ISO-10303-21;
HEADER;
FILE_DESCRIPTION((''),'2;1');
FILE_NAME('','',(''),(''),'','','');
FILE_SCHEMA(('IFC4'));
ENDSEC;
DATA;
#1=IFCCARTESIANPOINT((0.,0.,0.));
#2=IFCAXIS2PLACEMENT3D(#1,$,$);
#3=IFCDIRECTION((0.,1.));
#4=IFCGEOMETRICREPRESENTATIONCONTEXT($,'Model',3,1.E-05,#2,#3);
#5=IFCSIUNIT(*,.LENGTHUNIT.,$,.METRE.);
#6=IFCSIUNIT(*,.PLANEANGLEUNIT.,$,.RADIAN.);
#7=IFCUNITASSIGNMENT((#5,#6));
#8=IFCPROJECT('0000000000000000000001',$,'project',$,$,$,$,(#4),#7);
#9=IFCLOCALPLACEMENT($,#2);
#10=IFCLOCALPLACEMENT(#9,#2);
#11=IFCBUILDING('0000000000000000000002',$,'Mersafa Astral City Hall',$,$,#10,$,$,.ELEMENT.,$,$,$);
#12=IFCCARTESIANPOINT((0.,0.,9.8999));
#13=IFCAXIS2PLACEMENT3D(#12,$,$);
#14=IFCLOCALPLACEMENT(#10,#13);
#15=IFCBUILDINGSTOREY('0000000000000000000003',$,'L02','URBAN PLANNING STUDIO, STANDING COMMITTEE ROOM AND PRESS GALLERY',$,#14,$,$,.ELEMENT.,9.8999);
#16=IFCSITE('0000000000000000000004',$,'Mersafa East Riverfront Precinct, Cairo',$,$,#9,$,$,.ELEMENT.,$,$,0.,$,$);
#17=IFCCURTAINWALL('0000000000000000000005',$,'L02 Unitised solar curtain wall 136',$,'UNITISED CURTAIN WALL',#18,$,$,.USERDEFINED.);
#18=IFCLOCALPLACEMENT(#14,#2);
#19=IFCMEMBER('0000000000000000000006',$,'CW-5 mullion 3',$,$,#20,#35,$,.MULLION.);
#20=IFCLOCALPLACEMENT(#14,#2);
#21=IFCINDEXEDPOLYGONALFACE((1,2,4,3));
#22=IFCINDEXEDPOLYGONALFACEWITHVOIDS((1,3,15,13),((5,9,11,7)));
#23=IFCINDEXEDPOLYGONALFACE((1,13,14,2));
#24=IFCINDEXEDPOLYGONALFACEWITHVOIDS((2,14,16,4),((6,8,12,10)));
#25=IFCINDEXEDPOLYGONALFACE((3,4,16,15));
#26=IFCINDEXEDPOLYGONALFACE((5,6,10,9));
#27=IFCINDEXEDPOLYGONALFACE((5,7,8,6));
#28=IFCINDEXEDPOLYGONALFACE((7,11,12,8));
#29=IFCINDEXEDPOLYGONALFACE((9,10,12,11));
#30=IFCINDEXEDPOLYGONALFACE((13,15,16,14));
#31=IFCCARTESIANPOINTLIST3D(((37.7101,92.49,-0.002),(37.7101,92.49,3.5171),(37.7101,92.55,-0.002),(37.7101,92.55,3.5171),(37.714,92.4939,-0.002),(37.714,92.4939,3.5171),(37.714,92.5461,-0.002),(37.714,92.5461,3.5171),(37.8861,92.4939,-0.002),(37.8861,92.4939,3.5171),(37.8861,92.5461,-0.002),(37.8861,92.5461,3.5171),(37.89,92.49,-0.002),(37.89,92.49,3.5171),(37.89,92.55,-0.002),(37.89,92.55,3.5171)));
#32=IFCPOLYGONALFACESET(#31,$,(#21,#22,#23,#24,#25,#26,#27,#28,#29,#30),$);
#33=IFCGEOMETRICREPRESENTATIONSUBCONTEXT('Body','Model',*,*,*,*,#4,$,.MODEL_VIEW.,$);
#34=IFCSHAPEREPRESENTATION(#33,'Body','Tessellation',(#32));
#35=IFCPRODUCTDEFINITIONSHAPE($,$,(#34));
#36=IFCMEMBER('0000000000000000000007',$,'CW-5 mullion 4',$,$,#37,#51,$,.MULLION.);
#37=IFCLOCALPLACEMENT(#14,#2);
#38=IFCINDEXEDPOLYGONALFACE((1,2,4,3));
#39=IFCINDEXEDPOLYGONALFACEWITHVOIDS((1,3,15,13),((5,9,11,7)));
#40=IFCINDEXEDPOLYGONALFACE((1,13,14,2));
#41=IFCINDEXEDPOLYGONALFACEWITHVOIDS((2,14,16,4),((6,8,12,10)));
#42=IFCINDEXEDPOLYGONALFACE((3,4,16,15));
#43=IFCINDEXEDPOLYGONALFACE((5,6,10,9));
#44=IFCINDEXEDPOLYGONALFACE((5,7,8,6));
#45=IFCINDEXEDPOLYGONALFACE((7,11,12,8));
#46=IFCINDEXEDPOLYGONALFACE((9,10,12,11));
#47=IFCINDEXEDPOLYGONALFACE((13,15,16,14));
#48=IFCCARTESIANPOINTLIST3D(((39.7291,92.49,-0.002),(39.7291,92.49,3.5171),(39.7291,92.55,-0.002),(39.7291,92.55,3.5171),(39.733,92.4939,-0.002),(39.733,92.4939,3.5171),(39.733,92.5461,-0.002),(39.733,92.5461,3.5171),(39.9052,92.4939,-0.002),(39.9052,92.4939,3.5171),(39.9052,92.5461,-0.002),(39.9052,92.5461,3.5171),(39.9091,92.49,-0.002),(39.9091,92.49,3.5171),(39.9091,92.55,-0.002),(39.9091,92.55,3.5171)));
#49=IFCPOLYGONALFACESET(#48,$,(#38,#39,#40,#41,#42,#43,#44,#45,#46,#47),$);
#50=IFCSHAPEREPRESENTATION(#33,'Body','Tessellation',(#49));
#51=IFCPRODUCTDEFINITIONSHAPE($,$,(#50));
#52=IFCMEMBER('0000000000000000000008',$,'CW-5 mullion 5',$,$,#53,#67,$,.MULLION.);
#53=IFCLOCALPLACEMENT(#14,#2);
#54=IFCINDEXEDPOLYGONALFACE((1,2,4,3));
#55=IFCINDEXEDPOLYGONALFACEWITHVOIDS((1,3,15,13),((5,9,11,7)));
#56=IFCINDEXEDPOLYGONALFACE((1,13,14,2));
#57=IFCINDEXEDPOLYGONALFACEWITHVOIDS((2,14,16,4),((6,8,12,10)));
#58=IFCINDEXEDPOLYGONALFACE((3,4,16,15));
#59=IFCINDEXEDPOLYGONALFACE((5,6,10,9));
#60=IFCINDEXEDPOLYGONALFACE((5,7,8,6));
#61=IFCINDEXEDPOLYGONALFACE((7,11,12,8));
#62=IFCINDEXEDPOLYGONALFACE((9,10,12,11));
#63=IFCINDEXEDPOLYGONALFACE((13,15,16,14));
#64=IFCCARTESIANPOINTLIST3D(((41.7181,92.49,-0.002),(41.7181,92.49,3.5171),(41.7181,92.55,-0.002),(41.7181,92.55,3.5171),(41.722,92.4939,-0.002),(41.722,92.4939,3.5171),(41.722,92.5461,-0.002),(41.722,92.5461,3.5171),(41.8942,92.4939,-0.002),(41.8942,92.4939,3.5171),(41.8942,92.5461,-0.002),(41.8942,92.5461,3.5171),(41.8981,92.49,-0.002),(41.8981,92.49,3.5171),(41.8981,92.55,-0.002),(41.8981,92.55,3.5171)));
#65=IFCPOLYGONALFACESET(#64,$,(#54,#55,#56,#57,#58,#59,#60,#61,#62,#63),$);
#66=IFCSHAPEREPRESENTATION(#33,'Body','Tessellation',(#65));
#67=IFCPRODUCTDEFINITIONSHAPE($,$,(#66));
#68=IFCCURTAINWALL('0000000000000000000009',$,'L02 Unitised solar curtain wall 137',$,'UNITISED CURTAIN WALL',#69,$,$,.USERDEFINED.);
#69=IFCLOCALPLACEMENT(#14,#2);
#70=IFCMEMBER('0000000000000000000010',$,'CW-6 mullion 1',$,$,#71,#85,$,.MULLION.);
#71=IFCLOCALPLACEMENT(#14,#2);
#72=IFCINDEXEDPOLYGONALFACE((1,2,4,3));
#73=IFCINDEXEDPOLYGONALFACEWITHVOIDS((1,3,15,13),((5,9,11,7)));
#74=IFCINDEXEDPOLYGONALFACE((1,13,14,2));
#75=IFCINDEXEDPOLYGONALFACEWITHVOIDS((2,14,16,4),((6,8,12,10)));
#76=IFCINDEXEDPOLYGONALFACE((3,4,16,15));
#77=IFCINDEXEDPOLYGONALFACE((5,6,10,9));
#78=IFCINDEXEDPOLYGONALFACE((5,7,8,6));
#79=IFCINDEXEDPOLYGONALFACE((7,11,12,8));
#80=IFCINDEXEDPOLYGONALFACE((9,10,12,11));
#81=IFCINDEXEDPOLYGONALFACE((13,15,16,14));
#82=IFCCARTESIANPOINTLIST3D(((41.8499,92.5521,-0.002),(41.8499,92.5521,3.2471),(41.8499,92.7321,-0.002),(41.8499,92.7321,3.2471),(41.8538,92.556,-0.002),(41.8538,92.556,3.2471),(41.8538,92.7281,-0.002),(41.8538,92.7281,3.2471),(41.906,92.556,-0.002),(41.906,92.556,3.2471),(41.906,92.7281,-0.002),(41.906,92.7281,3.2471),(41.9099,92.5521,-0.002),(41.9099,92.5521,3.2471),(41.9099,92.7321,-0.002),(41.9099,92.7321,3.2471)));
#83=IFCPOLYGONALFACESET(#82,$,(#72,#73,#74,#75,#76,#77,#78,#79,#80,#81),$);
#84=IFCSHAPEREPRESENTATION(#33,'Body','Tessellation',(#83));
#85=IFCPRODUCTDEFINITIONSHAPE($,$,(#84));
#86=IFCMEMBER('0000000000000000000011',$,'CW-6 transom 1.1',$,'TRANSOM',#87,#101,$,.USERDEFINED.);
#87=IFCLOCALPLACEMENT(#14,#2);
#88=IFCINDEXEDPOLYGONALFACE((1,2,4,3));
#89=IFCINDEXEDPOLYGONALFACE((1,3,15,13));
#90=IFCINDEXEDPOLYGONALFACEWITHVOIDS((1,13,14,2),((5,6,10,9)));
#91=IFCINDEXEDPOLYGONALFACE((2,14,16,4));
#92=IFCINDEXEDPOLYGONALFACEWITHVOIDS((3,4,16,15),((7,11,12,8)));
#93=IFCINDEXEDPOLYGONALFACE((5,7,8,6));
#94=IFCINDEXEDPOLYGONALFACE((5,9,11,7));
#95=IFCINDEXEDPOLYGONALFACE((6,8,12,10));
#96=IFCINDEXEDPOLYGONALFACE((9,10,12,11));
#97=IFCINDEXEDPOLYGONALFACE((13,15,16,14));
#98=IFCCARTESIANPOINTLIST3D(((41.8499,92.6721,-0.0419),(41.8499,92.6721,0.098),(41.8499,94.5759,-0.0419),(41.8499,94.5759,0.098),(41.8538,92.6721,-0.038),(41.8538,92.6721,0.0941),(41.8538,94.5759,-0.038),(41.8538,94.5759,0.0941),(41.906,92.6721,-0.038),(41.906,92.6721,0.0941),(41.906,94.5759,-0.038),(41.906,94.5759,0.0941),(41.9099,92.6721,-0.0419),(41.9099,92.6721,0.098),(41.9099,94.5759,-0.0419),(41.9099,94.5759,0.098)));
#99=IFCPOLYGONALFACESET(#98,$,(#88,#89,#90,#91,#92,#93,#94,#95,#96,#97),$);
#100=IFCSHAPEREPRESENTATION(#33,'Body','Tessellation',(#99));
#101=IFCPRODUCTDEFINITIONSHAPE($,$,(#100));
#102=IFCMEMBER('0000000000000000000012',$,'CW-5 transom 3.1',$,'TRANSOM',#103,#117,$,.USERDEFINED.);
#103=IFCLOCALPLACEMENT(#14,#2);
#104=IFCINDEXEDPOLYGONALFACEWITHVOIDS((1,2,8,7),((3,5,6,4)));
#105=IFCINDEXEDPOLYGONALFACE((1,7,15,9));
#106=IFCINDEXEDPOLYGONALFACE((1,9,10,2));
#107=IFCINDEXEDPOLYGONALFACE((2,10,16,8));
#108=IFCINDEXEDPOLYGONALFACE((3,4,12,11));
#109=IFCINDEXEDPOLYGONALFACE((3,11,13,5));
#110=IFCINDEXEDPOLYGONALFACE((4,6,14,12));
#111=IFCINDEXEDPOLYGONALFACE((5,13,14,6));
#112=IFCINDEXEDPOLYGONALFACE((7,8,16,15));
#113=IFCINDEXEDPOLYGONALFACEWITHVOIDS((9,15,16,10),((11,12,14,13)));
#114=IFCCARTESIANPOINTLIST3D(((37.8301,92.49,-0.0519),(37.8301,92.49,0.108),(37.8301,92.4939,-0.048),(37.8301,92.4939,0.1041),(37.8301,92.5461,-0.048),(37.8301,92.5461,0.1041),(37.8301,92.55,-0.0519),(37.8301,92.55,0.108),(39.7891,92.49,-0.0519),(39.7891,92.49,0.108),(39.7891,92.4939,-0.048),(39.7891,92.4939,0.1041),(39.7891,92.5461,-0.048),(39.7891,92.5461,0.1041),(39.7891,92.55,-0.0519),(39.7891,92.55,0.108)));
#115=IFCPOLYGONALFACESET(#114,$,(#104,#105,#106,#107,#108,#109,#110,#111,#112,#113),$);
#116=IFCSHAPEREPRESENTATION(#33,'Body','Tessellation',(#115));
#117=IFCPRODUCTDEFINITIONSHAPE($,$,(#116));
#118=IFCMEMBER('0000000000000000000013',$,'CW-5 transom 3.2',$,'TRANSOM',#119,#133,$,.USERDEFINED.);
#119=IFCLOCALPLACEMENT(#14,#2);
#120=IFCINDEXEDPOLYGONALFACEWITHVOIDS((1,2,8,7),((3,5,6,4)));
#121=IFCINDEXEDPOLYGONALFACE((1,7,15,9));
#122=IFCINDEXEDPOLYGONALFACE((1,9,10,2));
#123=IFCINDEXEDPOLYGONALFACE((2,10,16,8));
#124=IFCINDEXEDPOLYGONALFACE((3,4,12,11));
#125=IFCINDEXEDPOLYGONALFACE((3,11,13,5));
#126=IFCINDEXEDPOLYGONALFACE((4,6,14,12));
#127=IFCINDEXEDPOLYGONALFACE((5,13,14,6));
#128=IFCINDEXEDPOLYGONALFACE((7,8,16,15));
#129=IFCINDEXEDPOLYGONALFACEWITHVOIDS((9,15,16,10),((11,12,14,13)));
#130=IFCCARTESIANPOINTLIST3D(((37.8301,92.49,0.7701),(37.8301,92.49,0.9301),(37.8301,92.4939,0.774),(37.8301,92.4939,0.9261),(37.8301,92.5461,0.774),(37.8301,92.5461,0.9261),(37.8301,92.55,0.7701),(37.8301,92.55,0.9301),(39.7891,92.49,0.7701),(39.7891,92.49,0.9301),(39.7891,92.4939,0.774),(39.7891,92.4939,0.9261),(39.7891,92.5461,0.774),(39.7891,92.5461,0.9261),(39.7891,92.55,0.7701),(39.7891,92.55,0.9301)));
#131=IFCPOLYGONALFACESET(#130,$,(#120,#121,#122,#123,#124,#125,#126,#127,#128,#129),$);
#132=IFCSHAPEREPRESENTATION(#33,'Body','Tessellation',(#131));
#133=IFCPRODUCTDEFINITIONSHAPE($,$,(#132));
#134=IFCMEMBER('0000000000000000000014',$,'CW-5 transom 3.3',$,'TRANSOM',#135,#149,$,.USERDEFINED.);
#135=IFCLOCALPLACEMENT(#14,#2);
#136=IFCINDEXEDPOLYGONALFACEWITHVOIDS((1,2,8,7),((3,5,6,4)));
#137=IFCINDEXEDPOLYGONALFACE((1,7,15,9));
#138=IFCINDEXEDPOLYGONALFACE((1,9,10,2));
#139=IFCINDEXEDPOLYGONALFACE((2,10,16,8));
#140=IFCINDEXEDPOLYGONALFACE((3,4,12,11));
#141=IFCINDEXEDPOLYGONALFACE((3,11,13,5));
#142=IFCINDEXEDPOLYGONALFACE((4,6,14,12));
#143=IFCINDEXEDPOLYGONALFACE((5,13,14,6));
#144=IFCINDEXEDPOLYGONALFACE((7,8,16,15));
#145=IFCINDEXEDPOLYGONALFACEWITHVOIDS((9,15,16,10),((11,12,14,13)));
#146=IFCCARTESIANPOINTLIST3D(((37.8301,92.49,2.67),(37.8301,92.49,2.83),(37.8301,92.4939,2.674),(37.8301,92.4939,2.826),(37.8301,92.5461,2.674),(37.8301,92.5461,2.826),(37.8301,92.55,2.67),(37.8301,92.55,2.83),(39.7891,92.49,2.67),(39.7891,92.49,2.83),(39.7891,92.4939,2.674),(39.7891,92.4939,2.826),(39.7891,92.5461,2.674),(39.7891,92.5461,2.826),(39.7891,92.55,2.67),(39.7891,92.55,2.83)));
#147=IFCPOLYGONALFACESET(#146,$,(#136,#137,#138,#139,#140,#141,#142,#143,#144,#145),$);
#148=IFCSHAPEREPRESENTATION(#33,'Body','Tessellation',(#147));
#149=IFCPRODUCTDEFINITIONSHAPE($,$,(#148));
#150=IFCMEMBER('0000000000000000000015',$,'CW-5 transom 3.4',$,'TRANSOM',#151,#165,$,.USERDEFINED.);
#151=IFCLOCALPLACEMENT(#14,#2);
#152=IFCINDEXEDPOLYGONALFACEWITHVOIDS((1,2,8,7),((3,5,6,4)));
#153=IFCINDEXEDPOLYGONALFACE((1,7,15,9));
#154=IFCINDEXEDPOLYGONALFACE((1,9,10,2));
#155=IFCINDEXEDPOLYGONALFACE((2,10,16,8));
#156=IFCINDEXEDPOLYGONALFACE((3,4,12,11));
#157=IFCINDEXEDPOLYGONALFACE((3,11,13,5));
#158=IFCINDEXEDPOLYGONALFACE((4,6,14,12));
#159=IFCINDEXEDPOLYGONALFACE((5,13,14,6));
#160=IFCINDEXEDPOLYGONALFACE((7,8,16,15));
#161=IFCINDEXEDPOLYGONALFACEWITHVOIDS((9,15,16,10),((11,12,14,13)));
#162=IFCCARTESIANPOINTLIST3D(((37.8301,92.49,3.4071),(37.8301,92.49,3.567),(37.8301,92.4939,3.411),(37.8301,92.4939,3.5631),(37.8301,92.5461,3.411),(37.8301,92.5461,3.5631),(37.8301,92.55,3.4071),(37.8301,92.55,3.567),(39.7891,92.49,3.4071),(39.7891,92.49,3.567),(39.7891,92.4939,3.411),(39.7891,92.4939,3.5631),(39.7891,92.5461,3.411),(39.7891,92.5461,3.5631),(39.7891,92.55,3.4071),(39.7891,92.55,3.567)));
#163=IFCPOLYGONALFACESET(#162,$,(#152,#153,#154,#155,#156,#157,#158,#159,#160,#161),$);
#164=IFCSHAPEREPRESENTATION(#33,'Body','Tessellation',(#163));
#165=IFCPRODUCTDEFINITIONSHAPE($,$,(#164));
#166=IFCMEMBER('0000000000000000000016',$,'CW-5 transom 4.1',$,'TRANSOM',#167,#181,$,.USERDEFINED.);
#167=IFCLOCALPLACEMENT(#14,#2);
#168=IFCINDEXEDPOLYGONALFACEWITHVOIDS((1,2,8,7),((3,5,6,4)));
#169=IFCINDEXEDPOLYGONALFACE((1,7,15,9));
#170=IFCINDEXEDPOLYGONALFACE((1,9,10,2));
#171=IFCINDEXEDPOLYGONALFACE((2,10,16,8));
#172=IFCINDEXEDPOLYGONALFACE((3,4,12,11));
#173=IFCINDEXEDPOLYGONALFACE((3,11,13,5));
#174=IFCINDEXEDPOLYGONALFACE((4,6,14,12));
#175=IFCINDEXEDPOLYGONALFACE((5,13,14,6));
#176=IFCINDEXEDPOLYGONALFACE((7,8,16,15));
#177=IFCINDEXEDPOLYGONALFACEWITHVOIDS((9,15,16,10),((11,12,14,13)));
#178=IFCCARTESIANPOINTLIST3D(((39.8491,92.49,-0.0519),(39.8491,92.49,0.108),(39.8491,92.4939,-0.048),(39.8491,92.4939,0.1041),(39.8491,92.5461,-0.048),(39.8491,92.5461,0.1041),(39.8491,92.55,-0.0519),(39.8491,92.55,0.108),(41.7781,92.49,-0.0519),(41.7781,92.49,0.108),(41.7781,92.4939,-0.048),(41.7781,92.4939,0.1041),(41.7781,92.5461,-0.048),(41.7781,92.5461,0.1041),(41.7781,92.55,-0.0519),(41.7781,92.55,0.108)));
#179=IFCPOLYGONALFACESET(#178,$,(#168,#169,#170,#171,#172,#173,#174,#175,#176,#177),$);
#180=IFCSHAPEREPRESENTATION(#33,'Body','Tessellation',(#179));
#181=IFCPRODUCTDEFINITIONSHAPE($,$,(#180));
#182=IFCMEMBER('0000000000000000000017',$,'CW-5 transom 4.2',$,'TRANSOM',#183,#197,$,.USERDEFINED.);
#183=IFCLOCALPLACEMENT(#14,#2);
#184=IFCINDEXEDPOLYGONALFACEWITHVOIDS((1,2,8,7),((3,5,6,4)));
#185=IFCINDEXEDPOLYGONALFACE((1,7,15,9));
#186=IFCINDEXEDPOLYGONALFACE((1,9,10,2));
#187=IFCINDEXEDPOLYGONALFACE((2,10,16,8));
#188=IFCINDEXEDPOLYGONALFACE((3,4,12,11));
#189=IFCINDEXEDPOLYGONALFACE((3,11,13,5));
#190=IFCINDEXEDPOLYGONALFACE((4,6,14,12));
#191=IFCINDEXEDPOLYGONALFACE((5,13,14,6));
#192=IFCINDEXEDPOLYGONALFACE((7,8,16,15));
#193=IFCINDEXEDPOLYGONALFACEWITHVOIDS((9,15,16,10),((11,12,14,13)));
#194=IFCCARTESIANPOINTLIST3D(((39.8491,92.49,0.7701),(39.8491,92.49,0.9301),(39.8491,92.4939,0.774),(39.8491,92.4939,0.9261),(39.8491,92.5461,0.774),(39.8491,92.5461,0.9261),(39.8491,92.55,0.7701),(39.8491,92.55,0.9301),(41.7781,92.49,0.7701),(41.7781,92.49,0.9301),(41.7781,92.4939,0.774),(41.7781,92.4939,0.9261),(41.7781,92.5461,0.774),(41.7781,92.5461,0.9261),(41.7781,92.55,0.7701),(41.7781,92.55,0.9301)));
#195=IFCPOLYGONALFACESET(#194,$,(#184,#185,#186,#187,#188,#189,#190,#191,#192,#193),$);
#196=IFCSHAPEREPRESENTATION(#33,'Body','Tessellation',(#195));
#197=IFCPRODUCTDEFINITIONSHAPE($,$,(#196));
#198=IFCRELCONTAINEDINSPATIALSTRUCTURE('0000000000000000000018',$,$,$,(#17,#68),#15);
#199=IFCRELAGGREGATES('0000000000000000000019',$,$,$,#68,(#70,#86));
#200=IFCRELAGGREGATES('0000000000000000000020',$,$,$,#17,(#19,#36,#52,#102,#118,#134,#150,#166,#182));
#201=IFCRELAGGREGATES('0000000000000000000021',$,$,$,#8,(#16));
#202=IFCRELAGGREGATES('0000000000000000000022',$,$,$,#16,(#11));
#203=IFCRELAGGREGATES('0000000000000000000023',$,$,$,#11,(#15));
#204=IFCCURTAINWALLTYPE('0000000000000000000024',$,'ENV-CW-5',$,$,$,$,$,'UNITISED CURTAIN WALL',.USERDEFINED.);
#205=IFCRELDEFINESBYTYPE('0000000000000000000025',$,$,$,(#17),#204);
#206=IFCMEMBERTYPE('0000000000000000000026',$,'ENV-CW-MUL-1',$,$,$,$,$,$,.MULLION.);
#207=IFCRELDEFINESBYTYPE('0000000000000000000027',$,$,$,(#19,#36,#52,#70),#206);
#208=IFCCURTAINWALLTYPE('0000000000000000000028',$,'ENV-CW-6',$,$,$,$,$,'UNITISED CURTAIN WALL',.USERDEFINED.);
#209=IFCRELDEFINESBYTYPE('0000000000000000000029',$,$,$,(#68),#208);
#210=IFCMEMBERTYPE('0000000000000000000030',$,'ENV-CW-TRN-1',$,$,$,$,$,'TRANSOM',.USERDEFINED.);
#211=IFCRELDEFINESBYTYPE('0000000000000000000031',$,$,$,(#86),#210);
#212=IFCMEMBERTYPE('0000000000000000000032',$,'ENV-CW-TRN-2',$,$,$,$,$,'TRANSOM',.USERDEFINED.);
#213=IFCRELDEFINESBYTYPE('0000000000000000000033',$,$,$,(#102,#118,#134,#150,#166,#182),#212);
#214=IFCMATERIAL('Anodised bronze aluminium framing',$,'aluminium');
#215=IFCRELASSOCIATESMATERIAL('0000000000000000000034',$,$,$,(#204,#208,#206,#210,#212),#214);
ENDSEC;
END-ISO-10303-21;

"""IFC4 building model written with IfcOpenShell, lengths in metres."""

from ifc_helpers import new_model, si_unit, direction, frame, origin, origin_2d, place, context, subcontext, project, spatial, hollow_rectangle, extrude, material, material_profile, profile_set, type_object, element, aggregate, save


model = new_model("IFC4")

# Units and contexts
model_context = context("Model", 3, precision=1e-05, world=origin(), true_north=direction((0.0, 1.0)))
body_context = subcontext(model_context, "Body", "Model", "MODEL_VIEW")
ifc_project = project(units=[si_unit("LENGTHUNIT", "METRE"), si_unit("PLANEANGLEUNIT", "RADIAN")], contexts=[model_context])

# Site, building, storey
site_placement = place(None, origin())
site = spatial("IfcSite", under=ifc_project, at=site_placement, Name="Mersafa East Riverfront Precinct, Cairo", CompositionType="ELEMENT", RefElevation=0.0)
building_placement = place(site_placement, origin())
building = spatial("IfcBuilding", under=site, at=building_placement, Name="Mersafa Astral City Hall", CompositionType="ELEMENT")
storey_placement = place(building_placement, frame((0.0, 0.0, 9.8999)))
storey = spatial("IfcBuildingStorey", under=building, at=storey_placement, Name="L02", Description="URBAN PLANNING STUDIO, STANDING COMMITTEE ROOM AND PRESS GALLERY", CompositionType="ELEMENT", Elevation=9.8999)

# Curtain walls, members
ifc_material_1 = material(Name="Anodised bronze aluminium framing", Category="aluminium")
curtain_wall_type_1 = type_object("IfcCurtainWallType", Name="ENV-CW-5", ElementType="UNITISED CURTAIN WALL", PredefinedType="USERDEFINED", material=ifc_material_1)
curtain_wall_1_placement = place(storey_placement, origin())
curtain_wall_1 = element("IfcCurtainWall", 1, at=curtain_wall_1_placement, inside=storey, type_object=curtain_wall_type_1, Name="L02 Unitised solar curtain wall 136", ObjectType="UNITISED CURTAIN WALL", PredefinedType="USERDEFINED")
ifc_material_profile_1 = material_profile(ifc_material_1, hollow_rectangle(XDim=0.0601, YDim=0.1799, WallThickness=0.0039, at=origin_2d()), Name="RHS 60x180x4")
ifc_profile_set_1 = profile_set([ifc_material_profile_1], Name="Anodised bronze aluminium framing")
member_type_1 = type_object("IfcMemberType", Name="ENV-CW-MUL-1", PredefinedType="MULLION", material=ifc_profile_set_1)
member_1_placement = place(storey_placement, frame((37.8, 92.52, -0.002), z_axis=(0.0, 0.0, 1.0), x_axis=(0.0, 1.0, 0.0)))
member_1 = element("IfcMember", 2, at=member_1_placement, type_object=member_type_1, Name="CW-5 mullion 3", PredefinedType="MULLION", context=body_context, shape_type="SweptSolid", body=[
    extrude(hollow_rectangle(XDim=0.0601, YDim=0.1799, WallThickness=0.0039, at=origin_2d()), origin(), (0.0, 0.0, 1.0), 3.519),
])
member_2_placement = place(storey_placement, frame((39.8191, 92.52, -0.002), z_axis=(0.0, 0.0, 1.0), x_axis=(0.0, 1.0, 0.0)))
member_2 = element("IfcMember", 3, at=member_2_placement, type_object=member_type_1, Name="CW-5 mullion 4", PredefinedType="MULLION", context=body_context, shape_type="SweptSolid", body=[
    extrude(hollow_rectangle(XDim=0.0601, YDim=0.1799, WallThickness=0.0039, at=origin_2d()), origin(), (0.0, 0.0, 1.0), 3.519),
])
member_3_placement = place(storey_placement, frame((41.8081, 92.52, -0.002), z_axis=(0.0, 0.0, 1.0), x_axis=(0.0, 1.0, 0.0)))
member_3 = element("IfcMember", 4, at=member_3_placement, type_object=member_type_1, Name="CW-5 mullion 5", PredefinedType="MULLION", context=body_context, shape_type="SweptSolid", body=[
    extrude(hollow_rectangle(XDim=0.0601, YDim=0.1799, WallThickness=0.0039, at=origin_2d()), origin(), (0.0, 0.0, 1.0), 3.519),
])
curtain_wall_type_2 = type_object("IfcCurtainWallType", Name="ENV-CW-6", ElementType="UNITISED CURTAIN WALL", PredefinedType="USERDEFINED", material=ifc_material_1)
curtain_wall_2_placement = place(storey_placement, origin())
curtain_wall_2 = element("IfcCurtainWall", 5, at=curtain_wall_2_placement, inside=storey, type_object=curtain_wall_type_2, Name="L02 Unitised solar curtain wall 137", ObjectType="UNITISED CURTAIN WALL", PredefinedType="USERDEFINED")
member_4_placement = place(storey_placement, frame((41.8799, 92.6421, -0.002), z_axis=(0.0, 0.0, 1.0), x_axis=(-1.0, 0.0, 0.0)))
member_4 = element("IfcMember", 6, at=member_4_placement, type_object=member_type_1, Name="CW-6 mullion 1", PredefinedType="MULLION", context=body_context, shape_type="SweptSolid", body=[
    extrude(hollow_rectangle(XDim=0.0601, YDim=0.1799, WallThickness=0.0039, at=origin_2d()), origin(), (0.0, 0.0, 1.0), 3.249),
])
ifc_material_profile_2 = material_profile(ifc_material_1, hollow_rectangle(XDim=0.0601, YDim=0.1399, WallThickness=0.0039, at=origin_2d()), Name="RHS 60x140x4")
ifc_profile_set_2 = profile_set([ifc_material_profile_2], Name="Anodised bronze aluminium framing")
member_type_2 = type_object("IfcMemberType", Name="ENV-CW-TRN-1", ElementType="TRANSOM", PredefinedType="USERDEFINED", material=ifc_profile_set_2)
member_5_placement = place(storey_placement, frame((41.8799, 92.6721, 0.0281), z_axis=(0.0, 1.0, 0.0), x_axis=(-1.0, 0.0, 0.0)))
member_5 = element("IfcMember", 7, at=member_5_placement, type_object=member_type_2, Name="CW-6 transom 1.1", ObjectType="TRANSOM", PredefinedType="USERDEFINED", context=body_context, shape_type="SweptSolid", body=[
    extrude(hollow_rectangle(XDim=0.0601, YDim=0.1399, WallThickness=0.0039, at=origin_2d()), origin(), (0.0, 0.0, 1.0), 1.9038),
])
aggregate(curtain_wall_2, [member_4, member_5])

# Members
ifc_material_profile_3 = material_profile(ifc_material_1, hollow_rectangle(XDim=0.0601, YDim=0.1599, WallThickness=0.0039, at=origin_2d()), Name="RHS 60x160x4")
ifc_profile_set_3 = profile_set([ifc_material_profile_3], Name="Anodised bronze aluminium framing")
member_type_3 = type_object("IfcMemberType", Name="ENV-CW-TRN-2", ElementType="TRANSOM", PredefinedType="USERDEFINED", material=ifc_profile_set_3)
member_6_placement = place(storey_placement, frame((37.8301, 92.52, 0.0281), z_axis=(1.0, 0.0, 0.0), x_axis=(0.0, 1.0, 0.0)))
member_6 = element("IfcMember", 8, at=member_6_placement, type_object=member_type_3, Name="CW-5 transom 3.1", ObjectType="TRANSOM", PredefinedType="USERDEFINED", context=body_context, shape_type="SweptSolid", body=[
    extrude(hollow_rectangle(XDim=0.0601, YDim=0.1599, WallThickness=0.0039, at=origin_2d()), origin(), (0.0, 0.0, 1.0), 1.959),
])
member_7_placement = place(storey_placement, frame((37.8301, 92.52, 0.8501), z_axis=(1.0, 0.0, 0.0), x_axis=(0.0, 1.0, 0.0)))
member_7 = element("IfcMember", 9, at=member_7_placement, type_object=member_type_3, Name="CW-5 transom 3.2", ObjectType="TRANSOM", PredefinedType="USERDEFINED", context=body_context, shape_type="SweptSolid", body=[
    extrude(hollow_rectangle(XDim=0.0601, YDim=0.1599, WallThickness=0.0039, at=origin_2d()), origin(), (0.0, 0.0, 1.0), 1.959),
])
member_8_placement = place(storey_placement, frame((37.8301, 92.52, 2.75), z_axis=(1.0, 0.0, 0.0), x_axis=(0.0, 1.0, 0.0)))
member_8 = element("IfcMember", 10, at=member_8_placement, type_object=member_type_3, Name="CW-5 transom 3.3", ObjectType="TRANSOM", PredefinedType="USERDEFINED", context=body_context, shape_type="SweptSolid", body=[
    extrude(hollow_rectangle(XDim=0.0601, YDim=0.1599, WallThickness=0.0039, at=origin_2d()), origin(), (0.0, 0.0, 1.0), 1.959),
])
member_9_placement = place(storey_placement, frame((37.8301, 92.52, 3.4871), z_axis=(1.0, 0.0, 0.0), x_axis=(0.0, 1.0, 0.0)))
member_9 = element("IfcMember", 11, at=member_9_placement, type_object=member_type_3, Name="CW-5 transom 3.4", ObjectType="TRANSOM", PredefinedType="USERDEFINED", context=body_context, shape_type="SweptSolid", body=[
    extrude(hollow_rectangle(XDim=0.0601, YDim=0.1599, WallThickness=0.0039, at=origin_2d()), origin(), (0.0, 0.0, 1.0), 1.959),
])
member_10_placement = place(storey_placement, frame((39.8491, 92.52, 0.0281), z_axis=(1.0, 0.0, 0.0), x_axis=(0.0, 1.0, 0.0)))
member_10 = element("IfcMember", 12, at=member_10_placement, type_object=member_type_3, Name="CW-5 transom 4.1", ObjectType="TRANSOM", PredefinedType="USERDEFINED", context=body_context, shape_type="SweptSolid", body=[
    extrude(hollow_rectangle(XDim=0.0601, YDim=0.1599, WallThickness=0.0039, at=origin_2d()), origin(), (0.0, 0.0, 1.0), 1.929),
])
member_11_placement = place(storey_placement, frame((39.8491, 92.52, 0.8501), z_axis=(1.0, 0.0, 0.0), x_axis=(0.0, 1.0, 0.0)))
member_11 = element("IfcMember", 13, at=member_11_placement, type_object=member_type_3, Name="CW-5 transom 4.2", ObjectType="TRANSOM", PredefinedType="USERDEFINED", context=body_context, shape_type="SweptSolid", body=[
    extrude(hollow_rectangle(XDim=0.0601, YDim=0.1599, WallThickness=0.0039, at=origin_2d()), origin(), (0.0, 0.0, 1.0), 1.929),
])

aggregate(curtain_wall_1, [member_1, member_2, member_3, member_6, member_7, member_8, member_9, member_10, member_11])

save(model, "model.ifc")
